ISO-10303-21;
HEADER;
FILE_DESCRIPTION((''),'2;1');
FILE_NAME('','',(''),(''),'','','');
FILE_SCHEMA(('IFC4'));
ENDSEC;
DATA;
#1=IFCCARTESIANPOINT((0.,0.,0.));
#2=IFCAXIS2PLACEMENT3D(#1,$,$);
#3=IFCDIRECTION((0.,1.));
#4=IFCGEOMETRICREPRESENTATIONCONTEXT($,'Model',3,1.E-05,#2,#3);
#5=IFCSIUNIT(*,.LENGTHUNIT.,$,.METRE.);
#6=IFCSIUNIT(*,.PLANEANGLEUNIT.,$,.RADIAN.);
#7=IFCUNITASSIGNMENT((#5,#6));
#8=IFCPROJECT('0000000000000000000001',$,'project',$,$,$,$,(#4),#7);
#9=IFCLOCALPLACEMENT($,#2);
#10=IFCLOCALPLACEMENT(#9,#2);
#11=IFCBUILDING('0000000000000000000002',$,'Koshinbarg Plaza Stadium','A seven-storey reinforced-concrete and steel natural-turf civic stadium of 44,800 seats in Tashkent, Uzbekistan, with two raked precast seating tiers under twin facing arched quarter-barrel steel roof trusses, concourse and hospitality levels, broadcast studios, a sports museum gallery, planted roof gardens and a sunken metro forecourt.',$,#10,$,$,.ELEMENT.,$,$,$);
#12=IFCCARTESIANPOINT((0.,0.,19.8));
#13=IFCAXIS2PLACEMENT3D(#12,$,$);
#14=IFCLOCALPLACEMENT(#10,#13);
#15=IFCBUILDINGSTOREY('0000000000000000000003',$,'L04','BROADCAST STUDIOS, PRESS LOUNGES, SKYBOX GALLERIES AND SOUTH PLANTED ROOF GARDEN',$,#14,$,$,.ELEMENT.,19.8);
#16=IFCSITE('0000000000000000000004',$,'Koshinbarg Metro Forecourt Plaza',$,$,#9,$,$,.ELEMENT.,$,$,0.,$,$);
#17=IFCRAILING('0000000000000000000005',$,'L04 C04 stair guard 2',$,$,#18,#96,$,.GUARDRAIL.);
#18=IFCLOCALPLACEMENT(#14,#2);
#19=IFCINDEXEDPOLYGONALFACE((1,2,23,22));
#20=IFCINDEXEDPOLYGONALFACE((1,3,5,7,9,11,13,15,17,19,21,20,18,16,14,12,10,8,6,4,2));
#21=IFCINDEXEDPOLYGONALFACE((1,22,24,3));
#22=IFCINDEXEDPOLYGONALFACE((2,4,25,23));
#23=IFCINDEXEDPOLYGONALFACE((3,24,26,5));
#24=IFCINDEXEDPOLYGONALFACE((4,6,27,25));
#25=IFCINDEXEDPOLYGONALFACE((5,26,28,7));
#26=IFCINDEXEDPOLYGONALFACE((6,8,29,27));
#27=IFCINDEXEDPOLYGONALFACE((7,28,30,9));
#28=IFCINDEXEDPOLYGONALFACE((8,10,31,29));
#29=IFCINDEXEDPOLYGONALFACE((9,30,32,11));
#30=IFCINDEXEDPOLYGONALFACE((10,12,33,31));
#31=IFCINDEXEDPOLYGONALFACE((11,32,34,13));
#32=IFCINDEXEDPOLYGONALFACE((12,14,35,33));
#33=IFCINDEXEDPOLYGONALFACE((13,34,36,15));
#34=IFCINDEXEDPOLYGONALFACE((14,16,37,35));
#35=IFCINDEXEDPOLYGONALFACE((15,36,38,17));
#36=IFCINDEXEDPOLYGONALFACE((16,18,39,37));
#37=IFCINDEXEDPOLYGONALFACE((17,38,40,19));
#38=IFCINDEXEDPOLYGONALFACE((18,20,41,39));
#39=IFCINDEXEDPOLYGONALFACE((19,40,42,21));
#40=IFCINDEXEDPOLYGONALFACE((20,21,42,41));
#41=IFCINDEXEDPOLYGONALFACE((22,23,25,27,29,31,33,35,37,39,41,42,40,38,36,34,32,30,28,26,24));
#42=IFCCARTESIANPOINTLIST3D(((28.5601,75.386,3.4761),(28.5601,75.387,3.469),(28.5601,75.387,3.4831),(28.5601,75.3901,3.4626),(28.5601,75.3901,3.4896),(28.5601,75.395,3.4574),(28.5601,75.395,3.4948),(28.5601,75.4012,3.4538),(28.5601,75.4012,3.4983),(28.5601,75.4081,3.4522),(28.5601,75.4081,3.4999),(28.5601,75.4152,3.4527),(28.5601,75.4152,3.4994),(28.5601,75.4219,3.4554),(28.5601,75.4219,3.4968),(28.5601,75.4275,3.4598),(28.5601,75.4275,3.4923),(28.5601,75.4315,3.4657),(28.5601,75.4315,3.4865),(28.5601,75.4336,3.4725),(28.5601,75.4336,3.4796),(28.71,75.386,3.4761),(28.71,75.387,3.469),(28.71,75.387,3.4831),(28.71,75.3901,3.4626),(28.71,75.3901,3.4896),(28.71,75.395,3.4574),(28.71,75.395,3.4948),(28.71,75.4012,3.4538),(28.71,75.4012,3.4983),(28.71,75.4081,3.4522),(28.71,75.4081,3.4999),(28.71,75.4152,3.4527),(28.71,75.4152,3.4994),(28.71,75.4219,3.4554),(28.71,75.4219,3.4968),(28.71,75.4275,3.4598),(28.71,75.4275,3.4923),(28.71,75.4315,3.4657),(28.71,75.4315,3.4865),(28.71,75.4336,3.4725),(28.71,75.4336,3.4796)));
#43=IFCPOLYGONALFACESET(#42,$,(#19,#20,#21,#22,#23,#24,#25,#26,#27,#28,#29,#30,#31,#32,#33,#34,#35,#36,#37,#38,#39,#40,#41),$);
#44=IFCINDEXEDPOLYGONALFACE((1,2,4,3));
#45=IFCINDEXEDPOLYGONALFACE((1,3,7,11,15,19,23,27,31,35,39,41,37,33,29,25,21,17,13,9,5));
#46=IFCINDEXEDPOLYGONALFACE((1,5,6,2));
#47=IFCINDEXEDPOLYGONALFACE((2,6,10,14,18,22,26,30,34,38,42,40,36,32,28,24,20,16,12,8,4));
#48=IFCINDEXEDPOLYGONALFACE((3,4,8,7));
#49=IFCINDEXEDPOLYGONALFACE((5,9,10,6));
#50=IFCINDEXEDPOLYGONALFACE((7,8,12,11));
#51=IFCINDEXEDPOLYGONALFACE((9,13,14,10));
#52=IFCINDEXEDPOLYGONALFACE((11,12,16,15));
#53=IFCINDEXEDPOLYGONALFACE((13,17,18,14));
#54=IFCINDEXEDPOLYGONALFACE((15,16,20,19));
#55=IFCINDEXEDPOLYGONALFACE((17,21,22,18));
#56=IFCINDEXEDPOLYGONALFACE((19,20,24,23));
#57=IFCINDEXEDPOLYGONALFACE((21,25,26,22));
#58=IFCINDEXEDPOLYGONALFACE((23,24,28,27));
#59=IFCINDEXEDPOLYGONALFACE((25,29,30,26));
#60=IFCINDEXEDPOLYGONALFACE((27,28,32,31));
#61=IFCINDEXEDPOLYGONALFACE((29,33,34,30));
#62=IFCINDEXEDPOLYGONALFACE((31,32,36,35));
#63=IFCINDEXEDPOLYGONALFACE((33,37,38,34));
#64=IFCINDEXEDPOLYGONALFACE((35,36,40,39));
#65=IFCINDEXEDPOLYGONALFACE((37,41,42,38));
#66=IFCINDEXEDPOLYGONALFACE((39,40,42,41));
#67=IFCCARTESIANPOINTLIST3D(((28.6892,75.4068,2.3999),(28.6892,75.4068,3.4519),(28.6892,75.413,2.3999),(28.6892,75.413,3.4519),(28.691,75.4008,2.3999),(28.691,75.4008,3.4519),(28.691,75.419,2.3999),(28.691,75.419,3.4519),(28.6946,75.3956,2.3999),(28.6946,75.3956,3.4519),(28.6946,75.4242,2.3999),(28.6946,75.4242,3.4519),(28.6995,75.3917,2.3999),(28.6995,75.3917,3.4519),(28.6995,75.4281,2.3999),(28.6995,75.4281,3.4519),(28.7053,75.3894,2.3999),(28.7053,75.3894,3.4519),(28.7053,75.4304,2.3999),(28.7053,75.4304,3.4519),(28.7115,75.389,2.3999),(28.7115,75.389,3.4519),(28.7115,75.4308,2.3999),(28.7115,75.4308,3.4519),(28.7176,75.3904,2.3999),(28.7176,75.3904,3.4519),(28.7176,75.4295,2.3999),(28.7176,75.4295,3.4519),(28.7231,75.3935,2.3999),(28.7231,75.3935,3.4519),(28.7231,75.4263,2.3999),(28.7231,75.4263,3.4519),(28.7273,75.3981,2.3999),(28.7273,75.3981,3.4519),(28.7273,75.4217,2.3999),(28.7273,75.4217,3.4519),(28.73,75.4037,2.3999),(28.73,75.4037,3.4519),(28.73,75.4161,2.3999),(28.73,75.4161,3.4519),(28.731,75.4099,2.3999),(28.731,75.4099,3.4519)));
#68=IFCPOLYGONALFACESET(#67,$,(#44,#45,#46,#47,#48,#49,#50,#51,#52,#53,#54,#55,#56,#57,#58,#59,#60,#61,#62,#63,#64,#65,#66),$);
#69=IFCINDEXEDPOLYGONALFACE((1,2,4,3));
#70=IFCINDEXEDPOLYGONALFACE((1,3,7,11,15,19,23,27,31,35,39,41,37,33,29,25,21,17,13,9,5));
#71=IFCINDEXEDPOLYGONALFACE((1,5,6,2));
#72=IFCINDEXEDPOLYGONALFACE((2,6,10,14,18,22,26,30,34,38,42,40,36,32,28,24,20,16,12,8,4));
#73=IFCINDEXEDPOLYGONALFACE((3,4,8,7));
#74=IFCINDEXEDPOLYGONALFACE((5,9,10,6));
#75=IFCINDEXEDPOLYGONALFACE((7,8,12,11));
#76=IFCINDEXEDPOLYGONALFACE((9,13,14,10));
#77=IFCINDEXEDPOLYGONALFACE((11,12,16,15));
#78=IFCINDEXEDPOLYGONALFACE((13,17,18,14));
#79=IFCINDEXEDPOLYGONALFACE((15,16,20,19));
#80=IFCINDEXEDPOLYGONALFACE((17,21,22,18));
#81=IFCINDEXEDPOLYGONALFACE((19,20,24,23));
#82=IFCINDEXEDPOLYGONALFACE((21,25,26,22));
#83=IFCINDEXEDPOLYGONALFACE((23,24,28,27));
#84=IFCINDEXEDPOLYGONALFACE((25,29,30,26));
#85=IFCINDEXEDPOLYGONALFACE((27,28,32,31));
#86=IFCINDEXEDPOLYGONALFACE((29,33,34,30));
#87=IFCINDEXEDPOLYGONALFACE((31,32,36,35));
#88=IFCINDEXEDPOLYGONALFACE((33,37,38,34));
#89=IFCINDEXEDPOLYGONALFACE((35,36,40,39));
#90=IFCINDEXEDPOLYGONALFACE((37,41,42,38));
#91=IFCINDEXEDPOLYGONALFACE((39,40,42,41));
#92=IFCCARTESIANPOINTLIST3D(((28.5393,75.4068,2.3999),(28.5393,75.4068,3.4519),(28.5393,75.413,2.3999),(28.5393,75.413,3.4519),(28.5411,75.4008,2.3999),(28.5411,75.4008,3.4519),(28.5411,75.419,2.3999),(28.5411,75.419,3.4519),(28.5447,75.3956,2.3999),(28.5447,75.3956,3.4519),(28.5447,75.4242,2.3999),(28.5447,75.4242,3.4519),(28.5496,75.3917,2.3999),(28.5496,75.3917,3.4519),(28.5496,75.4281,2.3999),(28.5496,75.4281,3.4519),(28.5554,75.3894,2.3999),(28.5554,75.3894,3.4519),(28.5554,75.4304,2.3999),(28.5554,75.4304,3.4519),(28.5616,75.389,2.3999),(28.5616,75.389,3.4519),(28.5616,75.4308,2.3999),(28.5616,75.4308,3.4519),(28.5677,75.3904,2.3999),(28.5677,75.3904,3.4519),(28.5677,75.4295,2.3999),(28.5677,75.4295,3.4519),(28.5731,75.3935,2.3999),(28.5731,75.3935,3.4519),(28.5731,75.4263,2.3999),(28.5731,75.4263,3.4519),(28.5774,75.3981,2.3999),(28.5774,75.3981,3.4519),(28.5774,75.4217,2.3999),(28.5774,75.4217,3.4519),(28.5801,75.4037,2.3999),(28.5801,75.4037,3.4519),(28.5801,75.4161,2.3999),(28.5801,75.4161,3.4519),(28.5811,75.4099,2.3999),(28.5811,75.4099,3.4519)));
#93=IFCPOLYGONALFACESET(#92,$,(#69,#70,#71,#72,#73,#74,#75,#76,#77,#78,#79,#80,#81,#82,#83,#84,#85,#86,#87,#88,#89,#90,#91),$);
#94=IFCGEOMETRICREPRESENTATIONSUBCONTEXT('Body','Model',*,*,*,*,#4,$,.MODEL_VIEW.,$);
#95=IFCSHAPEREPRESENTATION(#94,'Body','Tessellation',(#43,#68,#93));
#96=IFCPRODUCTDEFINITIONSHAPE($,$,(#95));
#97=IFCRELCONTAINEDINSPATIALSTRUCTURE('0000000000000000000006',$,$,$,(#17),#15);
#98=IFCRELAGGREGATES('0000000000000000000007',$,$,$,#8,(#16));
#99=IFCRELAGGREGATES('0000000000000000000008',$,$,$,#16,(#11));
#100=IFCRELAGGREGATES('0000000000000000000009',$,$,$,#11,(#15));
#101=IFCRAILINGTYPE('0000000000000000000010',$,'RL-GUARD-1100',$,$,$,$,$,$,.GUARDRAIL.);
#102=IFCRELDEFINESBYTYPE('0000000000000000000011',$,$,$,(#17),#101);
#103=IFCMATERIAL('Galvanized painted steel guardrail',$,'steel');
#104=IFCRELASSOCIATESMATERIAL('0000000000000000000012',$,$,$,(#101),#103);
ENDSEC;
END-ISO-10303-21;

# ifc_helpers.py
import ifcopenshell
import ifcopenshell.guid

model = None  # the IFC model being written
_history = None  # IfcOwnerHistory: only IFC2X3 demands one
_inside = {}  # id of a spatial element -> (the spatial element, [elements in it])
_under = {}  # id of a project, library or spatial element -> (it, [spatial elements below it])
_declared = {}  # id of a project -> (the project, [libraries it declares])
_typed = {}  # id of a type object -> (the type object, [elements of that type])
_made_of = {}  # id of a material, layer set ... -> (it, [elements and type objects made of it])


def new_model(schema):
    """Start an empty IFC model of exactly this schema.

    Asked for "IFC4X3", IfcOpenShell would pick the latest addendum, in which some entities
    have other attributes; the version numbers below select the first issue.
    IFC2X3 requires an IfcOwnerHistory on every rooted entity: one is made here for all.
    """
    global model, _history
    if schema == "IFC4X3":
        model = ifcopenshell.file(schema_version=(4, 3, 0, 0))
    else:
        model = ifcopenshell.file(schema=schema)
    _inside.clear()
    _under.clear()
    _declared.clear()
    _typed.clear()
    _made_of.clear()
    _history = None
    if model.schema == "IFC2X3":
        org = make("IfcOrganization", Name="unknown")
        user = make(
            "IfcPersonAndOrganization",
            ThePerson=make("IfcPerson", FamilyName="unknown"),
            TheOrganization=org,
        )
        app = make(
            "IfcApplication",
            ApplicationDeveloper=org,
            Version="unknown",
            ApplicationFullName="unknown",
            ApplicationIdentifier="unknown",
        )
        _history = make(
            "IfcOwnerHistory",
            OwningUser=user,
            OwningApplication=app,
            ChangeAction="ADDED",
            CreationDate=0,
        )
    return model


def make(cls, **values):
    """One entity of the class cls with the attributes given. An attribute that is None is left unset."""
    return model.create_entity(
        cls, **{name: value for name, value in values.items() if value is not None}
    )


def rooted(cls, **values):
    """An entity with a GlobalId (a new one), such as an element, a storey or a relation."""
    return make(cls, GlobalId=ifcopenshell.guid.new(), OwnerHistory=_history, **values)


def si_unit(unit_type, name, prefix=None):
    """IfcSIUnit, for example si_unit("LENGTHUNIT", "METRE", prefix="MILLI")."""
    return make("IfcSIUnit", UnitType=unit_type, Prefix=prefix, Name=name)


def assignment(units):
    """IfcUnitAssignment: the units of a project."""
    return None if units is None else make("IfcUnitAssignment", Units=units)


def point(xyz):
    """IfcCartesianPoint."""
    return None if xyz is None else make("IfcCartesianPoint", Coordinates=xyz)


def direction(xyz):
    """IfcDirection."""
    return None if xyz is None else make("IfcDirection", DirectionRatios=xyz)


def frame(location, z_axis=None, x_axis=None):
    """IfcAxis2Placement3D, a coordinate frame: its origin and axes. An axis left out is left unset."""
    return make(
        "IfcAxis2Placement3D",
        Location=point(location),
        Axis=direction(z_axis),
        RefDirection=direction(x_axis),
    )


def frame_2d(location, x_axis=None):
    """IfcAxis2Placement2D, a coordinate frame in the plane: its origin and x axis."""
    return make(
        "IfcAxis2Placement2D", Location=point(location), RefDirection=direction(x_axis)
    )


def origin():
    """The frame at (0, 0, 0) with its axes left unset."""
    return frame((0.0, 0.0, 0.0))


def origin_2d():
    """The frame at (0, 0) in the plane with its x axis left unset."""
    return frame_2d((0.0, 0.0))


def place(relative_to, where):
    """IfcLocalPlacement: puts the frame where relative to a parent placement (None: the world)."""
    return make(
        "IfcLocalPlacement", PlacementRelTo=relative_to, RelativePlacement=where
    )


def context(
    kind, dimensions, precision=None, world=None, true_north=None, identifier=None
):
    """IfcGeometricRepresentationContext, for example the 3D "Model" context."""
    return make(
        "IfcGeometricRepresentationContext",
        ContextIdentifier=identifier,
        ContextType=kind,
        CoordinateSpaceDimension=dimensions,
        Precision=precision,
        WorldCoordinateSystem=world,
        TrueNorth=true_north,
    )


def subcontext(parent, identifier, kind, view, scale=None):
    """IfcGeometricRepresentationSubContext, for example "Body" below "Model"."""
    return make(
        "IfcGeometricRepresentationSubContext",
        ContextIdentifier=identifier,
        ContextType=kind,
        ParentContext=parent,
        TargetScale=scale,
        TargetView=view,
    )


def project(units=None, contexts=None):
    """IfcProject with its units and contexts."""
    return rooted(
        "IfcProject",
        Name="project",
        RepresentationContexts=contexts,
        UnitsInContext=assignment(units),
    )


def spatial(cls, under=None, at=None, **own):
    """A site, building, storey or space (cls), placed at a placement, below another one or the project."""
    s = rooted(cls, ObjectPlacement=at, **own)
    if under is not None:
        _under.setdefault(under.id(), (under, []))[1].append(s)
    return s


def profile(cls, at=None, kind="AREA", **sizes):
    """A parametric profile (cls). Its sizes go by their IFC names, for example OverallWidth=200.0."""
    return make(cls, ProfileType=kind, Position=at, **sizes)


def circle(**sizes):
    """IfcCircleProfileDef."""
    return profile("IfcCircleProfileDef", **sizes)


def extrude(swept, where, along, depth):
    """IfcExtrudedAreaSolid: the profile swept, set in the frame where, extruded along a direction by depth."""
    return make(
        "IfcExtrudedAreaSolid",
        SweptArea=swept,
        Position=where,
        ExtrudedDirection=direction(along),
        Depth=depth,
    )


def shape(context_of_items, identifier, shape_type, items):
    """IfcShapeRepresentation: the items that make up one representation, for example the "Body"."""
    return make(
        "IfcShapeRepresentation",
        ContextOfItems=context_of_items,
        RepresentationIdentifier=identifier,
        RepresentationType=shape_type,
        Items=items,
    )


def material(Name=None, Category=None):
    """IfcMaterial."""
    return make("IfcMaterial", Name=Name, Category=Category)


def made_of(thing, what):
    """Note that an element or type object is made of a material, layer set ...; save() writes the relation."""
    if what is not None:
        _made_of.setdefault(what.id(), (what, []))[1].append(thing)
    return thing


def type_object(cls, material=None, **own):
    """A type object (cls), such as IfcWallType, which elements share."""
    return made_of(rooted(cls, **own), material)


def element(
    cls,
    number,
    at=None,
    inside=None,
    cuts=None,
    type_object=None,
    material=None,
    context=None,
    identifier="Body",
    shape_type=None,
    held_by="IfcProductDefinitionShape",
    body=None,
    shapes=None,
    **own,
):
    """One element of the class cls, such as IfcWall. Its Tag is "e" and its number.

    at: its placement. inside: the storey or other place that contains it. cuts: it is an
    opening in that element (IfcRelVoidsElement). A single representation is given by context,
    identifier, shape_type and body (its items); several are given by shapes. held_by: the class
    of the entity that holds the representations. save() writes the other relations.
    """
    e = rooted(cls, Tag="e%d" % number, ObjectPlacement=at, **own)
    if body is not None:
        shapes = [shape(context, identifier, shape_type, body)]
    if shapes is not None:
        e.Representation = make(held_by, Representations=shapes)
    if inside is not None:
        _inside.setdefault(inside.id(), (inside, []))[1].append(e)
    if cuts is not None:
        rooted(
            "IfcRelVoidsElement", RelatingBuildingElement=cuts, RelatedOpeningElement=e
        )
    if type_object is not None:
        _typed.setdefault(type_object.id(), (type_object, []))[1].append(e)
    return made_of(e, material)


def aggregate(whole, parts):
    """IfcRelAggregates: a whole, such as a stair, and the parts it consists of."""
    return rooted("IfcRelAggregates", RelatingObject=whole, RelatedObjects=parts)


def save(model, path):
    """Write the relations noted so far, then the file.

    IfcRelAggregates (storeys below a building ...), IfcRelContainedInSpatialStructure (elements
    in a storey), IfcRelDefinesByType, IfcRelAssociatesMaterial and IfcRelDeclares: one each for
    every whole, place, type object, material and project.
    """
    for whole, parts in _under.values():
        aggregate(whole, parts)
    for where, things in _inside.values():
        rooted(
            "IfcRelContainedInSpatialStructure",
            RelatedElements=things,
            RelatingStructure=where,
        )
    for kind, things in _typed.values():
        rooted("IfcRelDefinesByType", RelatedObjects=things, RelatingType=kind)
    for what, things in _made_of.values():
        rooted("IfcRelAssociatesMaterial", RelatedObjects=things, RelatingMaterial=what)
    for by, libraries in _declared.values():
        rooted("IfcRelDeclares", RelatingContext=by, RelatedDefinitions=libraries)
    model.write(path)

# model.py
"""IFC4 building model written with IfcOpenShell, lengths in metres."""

from ifc_helpers import new_model, si_unit, direction, frame, origin, origin_2d, place, context, subcontext, project, spatial, circle, extrude, material, type_object, element, save


model = new_model("IFC4")

# Units and contexts
model_context = context("Model", 3, precision=1e-05, world=origin(), true_north=direction((0.0, 1.0)))
body_context = subcontext(model_context, "Body", "Model", "MODEL_VIEW")
ifc_project = project(units=[si_unit("LENGTHUNIT", "METRE"), si_unit("PLANEANGLEUNIT", "RADIAN")], contexts=[model_context])

# Site, building, storey
site_placement = place(None, origin())
site = spatial("IfcSite", under=ifc_project, at=site_placement, Name="Koshinbarg Metro Forecourt Plaza", CompositionType="ELEMENT", RefElevation=0.0)
building_placement = place(site_placement, origin())
building = spatial("IfcBuilding", under=site, at=building_placement, Name="Koshinbarg Plaza Stadium", Description="A seven-storey reinforced-concrete and steel natural-turf civic stadium of 44,800 seats in Tashkent, Uzbekistan, with two raked precast seating tiers under twin facing arched quarter-barrel steel roof trusses, concourse and hospitality levels, broadcast studios, a sports museum gallery, planted roof gardens and a sunken metro forecourt.", CompositionType="ELEMENT")
storey_placement = place(building_placement, frame((0.0, 0.0, 19.8)))
storey = spatial("IfcBuildingStorey", under=building, at=storey_placement, Name="L04", Description="BROADCAST STUDIOS, PRESS LOUNGES, SKYBOX GALLERIES AND SOUTH PLANTED ROOF GARDEN", CompositionType="ELEMENT", Elevation=19.8)

# Railing
ifc_material_1 = material(Name="Galvanized painted steel guardrail", Category="steel")
railing_type_1 = type_object("IfcRailingType", Name="RL-GUARD-1100", PredefinedType="GUARDRAIL", material=ifc_material_1)
railing_1_placement = place(storey_placement, frame((28.71, 75.4099, 2.3999)))
element("IfcRailing", 1, at=railing_1_placement, inside=storey, type_object=railing_type_1, Name="L04 C04 stair guard 2", PredefinedType="GUARDRAIL", context=body_context, shape_type="SweptSolid", body=[
    extrude(circle(Radius=0.0239, at=origin_2d()), frame((0.0, 0.0, 1.0762), z_axis=(-1.0, 0.0, 0.0), x_axis=(0.0, -1.0, 0.0)), (0.0, 0.0, 1.0), 0.1499),
    extrude(circle(Radius=0.021, at=origin_2d()), origin(), (0.0, 0.0, 1.0), 1.052),
    extrude(circle(Radius=0.021, at=origin_2d()), frame((-0.1499, 0.0, 0.0)), (0.0, 0.0, 1.0), 1.052),
])

save(model, "model.ifc")
